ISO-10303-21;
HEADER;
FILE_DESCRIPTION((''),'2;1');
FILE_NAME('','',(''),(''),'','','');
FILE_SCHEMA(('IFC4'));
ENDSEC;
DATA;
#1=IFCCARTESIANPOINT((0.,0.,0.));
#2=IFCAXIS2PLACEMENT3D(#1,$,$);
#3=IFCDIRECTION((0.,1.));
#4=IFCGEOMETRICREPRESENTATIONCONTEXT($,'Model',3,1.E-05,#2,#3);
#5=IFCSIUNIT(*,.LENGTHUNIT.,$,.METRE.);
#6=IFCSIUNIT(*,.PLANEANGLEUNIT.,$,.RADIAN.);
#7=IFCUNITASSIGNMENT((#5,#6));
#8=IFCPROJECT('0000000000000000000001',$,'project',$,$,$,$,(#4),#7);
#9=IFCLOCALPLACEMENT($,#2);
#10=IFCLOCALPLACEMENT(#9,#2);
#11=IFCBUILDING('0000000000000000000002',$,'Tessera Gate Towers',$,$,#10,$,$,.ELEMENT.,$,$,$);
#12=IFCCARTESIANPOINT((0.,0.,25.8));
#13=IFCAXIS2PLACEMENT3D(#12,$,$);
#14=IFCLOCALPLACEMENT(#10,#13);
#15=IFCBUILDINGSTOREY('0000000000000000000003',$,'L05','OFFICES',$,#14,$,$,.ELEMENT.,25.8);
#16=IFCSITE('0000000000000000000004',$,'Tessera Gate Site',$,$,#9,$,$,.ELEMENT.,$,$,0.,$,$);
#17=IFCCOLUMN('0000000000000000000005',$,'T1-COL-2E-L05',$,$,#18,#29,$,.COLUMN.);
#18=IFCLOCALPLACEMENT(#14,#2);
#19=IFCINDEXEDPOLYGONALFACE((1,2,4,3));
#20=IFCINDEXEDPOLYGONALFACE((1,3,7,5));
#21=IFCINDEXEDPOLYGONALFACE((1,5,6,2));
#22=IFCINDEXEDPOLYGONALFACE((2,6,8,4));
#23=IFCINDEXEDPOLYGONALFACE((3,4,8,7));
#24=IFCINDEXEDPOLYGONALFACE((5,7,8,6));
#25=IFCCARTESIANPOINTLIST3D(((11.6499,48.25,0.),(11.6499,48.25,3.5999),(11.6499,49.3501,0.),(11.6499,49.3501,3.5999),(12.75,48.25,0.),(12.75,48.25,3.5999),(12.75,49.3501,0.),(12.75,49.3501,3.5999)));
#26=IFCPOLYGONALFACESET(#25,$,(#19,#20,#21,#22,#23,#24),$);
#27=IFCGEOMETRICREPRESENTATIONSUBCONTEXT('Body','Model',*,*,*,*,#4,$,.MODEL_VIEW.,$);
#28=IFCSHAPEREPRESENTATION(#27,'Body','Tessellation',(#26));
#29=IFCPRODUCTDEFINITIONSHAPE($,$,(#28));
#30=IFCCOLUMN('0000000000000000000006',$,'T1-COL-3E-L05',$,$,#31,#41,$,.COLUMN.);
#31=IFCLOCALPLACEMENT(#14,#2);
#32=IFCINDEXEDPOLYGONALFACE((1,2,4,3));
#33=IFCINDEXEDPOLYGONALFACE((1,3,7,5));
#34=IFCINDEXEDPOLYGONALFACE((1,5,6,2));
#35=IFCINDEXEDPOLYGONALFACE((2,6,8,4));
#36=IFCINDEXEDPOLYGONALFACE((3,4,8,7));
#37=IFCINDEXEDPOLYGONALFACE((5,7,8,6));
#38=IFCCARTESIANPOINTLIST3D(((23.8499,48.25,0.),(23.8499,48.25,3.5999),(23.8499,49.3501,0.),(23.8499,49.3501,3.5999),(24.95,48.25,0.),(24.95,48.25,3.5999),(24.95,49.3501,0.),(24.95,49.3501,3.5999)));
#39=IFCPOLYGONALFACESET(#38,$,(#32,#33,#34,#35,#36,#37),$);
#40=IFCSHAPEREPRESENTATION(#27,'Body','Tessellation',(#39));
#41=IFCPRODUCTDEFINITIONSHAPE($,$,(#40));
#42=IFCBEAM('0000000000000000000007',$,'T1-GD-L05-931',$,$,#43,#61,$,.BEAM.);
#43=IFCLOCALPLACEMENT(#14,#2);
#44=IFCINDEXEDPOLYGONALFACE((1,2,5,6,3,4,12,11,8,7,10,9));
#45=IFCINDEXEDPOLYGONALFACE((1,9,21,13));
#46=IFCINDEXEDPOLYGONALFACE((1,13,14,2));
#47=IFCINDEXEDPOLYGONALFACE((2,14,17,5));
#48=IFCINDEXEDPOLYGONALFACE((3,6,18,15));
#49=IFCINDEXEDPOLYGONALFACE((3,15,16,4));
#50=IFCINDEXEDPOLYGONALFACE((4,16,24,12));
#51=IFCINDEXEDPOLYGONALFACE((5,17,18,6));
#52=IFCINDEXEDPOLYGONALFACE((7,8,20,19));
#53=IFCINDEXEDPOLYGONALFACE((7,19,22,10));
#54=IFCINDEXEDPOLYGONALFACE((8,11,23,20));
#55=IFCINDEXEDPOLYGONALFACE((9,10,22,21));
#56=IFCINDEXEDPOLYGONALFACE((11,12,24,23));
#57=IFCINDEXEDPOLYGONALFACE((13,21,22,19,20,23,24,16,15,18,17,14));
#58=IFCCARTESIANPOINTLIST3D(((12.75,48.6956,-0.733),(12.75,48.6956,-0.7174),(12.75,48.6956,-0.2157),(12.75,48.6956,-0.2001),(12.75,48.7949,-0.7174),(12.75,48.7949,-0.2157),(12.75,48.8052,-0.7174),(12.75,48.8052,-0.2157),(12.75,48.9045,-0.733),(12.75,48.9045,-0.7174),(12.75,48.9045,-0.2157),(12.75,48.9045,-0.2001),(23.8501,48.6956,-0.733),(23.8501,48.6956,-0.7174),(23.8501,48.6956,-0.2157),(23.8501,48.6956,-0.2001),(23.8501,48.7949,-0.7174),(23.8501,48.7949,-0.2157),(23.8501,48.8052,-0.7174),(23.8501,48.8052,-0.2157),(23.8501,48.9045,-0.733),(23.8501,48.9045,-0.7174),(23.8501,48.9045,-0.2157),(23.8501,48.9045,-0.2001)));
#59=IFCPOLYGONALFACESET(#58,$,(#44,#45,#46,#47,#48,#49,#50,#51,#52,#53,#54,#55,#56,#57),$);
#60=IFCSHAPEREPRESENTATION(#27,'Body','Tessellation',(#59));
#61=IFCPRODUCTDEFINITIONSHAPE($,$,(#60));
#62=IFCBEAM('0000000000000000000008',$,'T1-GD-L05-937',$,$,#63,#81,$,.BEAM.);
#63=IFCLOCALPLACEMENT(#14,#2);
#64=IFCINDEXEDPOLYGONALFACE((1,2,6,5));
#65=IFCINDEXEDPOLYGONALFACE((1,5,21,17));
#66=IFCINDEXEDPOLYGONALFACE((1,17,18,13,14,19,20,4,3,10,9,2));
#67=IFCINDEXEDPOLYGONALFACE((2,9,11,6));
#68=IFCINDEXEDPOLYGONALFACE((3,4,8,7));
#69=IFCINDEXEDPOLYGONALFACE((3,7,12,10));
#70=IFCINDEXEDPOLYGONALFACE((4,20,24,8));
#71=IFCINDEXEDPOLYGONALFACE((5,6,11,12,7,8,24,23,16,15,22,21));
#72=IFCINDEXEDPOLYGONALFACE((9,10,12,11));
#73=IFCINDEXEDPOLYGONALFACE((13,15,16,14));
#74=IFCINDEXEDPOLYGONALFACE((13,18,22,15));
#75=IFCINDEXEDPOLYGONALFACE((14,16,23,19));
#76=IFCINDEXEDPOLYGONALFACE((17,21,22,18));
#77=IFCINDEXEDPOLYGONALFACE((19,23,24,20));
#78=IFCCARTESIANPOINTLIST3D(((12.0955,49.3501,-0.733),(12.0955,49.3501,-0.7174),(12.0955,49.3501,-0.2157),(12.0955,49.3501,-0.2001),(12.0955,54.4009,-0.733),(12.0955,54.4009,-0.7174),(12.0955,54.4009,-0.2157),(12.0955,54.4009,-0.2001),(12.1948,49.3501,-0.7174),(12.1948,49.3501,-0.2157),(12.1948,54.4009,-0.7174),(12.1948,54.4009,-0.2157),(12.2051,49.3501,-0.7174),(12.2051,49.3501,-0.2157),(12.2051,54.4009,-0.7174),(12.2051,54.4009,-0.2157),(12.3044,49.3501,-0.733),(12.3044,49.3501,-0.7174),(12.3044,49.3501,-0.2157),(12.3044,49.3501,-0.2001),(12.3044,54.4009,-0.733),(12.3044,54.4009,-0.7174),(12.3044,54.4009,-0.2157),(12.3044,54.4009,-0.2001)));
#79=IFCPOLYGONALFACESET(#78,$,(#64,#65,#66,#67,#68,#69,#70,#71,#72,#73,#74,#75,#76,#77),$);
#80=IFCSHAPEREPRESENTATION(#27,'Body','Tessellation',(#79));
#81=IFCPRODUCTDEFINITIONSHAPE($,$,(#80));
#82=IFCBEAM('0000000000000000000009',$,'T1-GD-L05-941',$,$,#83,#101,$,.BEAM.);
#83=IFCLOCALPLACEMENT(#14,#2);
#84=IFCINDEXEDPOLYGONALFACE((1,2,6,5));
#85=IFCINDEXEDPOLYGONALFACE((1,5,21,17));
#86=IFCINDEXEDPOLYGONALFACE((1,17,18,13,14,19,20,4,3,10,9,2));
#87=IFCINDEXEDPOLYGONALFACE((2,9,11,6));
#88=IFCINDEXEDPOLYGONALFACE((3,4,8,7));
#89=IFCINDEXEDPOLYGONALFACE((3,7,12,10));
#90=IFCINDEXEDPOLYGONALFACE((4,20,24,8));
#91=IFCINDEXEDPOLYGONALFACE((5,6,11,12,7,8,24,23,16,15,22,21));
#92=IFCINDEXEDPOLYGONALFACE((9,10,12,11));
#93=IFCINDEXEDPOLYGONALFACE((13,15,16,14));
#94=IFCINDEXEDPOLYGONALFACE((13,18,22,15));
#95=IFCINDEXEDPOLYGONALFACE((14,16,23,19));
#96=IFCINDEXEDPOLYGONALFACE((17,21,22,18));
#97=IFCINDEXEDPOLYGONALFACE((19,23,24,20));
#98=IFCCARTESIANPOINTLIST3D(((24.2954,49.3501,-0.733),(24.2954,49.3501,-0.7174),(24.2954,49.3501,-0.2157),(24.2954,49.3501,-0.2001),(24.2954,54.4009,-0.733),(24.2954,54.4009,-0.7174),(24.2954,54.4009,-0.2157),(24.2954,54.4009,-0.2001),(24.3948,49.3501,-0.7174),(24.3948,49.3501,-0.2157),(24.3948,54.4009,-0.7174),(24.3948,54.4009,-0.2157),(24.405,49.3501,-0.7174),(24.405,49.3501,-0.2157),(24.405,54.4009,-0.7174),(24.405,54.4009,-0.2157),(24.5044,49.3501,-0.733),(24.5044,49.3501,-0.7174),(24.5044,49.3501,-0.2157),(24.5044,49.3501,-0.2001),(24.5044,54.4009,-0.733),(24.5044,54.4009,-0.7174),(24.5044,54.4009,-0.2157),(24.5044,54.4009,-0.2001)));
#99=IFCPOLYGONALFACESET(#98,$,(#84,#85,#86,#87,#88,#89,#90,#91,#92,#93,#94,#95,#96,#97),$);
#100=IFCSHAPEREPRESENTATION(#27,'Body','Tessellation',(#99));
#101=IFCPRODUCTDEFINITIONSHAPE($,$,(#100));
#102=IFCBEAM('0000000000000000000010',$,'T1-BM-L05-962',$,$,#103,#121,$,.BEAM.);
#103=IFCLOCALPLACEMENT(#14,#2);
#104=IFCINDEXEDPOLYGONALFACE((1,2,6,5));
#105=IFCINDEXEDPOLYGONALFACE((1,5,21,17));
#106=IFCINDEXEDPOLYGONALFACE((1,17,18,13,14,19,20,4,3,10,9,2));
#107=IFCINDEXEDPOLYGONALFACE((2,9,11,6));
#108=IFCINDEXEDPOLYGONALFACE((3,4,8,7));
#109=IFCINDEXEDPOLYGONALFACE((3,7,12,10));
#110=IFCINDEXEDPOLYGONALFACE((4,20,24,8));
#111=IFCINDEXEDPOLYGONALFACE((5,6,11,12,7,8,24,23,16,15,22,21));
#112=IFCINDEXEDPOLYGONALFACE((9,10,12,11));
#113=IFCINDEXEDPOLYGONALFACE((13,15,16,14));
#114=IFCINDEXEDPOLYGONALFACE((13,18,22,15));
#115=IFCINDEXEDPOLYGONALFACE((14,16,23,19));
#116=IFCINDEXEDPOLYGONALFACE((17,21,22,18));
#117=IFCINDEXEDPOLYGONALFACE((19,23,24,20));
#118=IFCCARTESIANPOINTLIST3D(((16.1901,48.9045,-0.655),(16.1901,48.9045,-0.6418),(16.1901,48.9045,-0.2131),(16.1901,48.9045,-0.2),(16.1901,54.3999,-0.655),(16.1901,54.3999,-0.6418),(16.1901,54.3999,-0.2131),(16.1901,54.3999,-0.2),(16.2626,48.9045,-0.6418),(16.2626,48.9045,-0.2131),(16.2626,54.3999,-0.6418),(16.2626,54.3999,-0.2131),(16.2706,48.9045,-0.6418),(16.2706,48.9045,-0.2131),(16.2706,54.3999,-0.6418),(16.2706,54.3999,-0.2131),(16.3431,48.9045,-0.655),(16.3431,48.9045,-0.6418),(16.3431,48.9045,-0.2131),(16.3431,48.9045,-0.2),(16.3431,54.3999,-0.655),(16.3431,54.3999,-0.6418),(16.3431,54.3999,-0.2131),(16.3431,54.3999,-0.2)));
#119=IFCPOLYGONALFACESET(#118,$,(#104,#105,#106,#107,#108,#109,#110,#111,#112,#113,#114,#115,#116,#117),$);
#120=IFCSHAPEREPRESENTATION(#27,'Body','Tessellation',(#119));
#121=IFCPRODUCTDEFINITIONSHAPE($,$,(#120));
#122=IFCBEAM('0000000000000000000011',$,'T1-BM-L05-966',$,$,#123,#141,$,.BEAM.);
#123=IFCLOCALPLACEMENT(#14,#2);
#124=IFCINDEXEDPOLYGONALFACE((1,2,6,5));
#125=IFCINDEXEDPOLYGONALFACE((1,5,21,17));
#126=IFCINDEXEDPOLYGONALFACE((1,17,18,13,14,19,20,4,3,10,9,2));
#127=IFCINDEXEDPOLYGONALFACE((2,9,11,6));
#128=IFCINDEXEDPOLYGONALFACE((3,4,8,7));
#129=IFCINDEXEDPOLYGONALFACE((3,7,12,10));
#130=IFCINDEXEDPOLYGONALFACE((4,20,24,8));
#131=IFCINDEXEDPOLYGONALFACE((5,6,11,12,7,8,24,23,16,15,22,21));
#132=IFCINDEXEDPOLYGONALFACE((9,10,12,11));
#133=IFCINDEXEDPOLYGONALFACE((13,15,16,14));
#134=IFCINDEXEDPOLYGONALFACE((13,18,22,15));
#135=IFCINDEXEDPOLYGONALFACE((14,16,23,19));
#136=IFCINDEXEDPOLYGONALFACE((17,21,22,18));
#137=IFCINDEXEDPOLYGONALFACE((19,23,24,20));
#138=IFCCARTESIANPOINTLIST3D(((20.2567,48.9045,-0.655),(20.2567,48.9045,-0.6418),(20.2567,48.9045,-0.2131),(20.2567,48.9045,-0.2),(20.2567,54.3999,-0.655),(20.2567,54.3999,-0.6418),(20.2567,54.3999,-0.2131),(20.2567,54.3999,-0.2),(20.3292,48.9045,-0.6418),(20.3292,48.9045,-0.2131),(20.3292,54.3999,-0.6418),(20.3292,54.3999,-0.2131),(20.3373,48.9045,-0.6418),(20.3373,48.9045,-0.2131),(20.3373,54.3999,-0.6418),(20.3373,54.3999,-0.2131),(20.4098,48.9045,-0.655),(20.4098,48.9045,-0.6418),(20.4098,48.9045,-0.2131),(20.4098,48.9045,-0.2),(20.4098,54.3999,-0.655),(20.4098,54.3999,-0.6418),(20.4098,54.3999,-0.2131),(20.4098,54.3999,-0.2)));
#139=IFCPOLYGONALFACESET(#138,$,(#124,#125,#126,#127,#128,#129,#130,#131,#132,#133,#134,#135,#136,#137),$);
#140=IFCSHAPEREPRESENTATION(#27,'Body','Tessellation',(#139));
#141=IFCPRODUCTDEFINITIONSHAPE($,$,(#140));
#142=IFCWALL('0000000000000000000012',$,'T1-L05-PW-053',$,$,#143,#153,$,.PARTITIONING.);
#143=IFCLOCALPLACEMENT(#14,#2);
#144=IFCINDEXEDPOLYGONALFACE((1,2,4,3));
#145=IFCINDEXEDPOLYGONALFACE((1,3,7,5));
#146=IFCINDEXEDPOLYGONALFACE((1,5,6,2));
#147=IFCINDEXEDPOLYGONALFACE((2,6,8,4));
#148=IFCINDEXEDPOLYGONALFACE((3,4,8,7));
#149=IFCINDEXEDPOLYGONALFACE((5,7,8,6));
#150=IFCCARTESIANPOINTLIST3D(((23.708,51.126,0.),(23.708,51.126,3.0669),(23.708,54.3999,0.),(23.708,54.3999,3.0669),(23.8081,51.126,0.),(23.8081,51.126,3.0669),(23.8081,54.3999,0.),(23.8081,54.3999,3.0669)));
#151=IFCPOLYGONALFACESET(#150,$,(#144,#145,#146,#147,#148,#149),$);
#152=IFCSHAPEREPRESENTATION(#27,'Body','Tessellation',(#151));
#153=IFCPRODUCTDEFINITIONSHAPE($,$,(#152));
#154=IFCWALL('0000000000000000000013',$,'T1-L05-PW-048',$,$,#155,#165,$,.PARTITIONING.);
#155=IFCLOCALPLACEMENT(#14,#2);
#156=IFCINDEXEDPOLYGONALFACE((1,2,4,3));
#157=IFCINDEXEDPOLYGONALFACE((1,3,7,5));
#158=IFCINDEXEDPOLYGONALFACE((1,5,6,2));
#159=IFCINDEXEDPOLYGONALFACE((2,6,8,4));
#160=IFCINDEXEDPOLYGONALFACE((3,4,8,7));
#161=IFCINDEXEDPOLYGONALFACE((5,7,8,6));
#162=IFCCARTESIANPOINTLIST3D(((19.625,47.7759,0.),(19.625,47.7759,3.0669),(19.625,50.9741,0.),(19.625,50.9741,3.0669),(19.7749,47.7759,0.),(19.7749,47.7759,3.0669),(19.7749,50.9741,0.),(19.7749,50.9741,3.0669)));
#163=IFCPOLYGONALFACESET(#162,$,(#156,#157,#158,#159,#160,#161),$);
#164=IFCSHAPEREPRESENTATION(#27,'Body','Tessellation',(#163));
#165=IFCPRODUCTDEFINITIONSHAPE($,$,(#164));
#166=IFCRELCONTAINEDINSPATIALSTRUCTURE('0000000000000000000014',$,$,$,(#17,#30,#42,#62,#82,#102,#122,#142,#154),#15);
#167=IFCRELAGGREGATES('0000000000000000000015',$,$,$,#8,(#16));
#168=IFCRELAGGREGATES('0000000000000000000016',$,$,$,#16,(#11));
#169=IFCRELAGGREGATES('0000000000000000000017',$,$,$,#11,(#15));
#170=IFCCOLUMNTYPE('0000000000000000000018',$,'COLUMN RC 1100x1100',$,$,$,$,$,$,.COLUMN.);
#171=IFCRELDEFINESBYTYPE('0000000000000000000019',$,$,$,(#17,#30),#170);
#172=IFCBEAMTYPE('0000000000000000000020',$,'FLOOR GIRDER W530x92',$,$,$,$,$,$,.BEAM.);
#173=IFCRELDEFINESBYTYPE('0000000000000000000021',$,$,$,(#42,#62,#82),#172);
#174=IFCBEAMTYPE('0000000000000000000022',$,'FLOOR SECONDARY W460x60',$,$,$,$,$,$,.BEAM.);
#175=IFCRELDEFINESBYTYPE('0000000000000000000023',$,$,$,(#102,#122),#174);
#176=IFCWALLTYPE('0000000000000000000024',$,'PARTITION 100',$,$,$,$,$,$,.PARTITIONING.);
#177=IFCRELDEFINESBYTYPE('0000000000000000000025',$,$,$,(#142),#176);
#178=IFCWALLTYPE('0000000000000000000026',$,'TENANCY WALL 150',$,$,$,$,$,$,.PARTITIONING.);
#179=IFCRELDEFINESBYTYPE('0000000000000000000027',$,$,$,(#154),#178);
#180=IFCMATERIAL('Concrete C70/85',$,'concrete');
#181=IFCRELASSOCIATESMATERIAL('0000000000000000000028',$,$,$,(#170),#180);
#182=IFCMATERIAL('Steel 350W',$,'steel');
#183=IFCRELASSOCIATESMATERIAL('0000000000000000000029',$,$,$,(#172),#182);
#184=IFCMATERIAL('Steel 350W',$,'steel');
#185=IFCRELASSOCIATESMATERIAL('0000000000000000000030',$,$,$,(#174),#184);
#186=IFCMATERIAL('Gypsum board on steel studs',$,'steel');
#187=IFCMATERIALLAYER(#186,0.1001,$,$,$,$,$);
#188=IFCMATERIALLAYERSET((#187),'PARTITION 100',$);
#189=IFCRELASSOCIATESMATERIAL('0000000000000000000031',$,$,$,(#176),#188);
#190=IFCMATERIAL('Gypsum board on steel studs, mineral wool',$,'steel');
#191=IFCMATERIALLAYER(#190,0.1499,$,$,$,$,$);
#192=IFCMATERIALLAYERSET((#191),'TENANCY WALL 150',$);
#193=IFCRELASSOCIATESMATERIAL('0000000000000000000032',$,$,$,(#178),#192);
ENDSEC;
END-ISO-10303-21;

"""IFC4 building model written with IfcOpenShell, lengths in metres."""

from ifc_helpers import new_model, si_unit, direction, frame, frame_2d, origin, origin_2d, place, context, subcontext, project, spatial, rectangle, i_section, extrude, material, layer, layer_set, material_profile, profile_set, type_object, element, save


model = new_model("IFC4")

# Units and contexts
model_context = context("Model", 3, precision=1e-05, world=origin(), true_north=direction((0.0, 1.0)))
body_context = subcontext(model_context, "Body", "Model", "MODEL_VIEW")
ifc_project = project(units=[si_unit("LENGTHUNIT", "METRE"), si_unit("PLANEANGLEUNIT", "RADIAN")], contexts=[model_context])

# Site, building, storey
site_placement = place(None, origin())
site = spatial("IfcSite", under=ifc_project, at=site_placement, Name="Tessera Gate Site", CompositionType="ELEMENT", RefElevation=0.0)
building_placement = place(site_placement, origin())
building = spatial("IfcBuilding", under=site, at=building_placement, Name="Tessera Gate Towers", CompositionType="ELEMENT")
storey_placement = place(building_placement, frame((0.0, 0.0, 25.8)))
storey = spatial("IfcBuildingStorey", under=building, at=storey_placement, Name="L05", Description="OFFICES", CompositionType="ELEMENT", Elevation=25.8)

# Columns
ifc_material_1 = material(Name="Concrete C70/85", Category="concrete")
ifc_material_profile_1 = material_profile(ifc_material_1, rectangle(XDim=1.1001, YDim=1.1001, at=origin_2d()), Name="RC 1100x1100")
ifc_profile_set_1 = profile_set([ifc_material_profile_1], Name="Concrete C70/85")
column_type = type_object("IfcColumnType", Name="COLUMN RC 1100x1100", PredefinedType="COLUMN", material=ifc_profile_set_1)
for number, where, z_axis, x_axis, name in (
    (1, (12.2, 48.8, 0.0), (0.0, 0.0, 1.0), (1.0, 0.0, 0.0), "T1-COL-2E-L05"),
    (2, (24.3999, 48.8, 0.0), (0.0, 0.0, 1.0), (1.0, 0.0, 0.0), "T1-COL-3E-L05"),
):
    element("IfcColumn", number, at=place(storey_placement, frame(where, z_axis=z_axis, x_axis=x_axis)), inside=storey, type_object=column_type, Name=name, PredefinedType="COLUMN", context=body_context, shape_type="SweptSolid", body=[
        extrude(rectangle(XDim=1.1001, YDim=1.1001, at=origin_2d()), origin(), (0.0, 0.0, 1.0), 3.5999),
    ])

# Beams
ifc_material_2 = material(Name="Steel 350W", Category="steel")
ifc_material_profile_2 = material_profile(ifc_material_2, i_section(OverallWidth=0.209, OverallDepth=0.533, WebThickness=0.0103, FlangeThickness=0.0156, at=origin_2d()), Name="W530x92")
ifc_profile_set_2 = profile_set([ifc_material_profile_2], Name="Steel 350W")
beam_type_1 = type_object("IfcBeamType", Name="FLOOR GIRDER W530x92", PredefinedType="BEAM", material=ifc_profile_set_2)
beam_placement = place(storey_placement, frame((12.75, 48.8, -0.4666), z_axis=(1.0, 0.0, 0.0), x_axis=(0.0, 1.0, 0.0)))
element("IfcBeam", 3, at=beam_placement, inside=storey, type_object=beam_type_1, Name="T1-GD-L05-931", PredefinedType="BEAM", context=body_context, shape_type="SweptSolid", body=[
    extrude(i_section(OverallWidth=0.209, OverallDepth=0.533, WebThickness=0.0103, FlangeThickness=0.0156, at=origin_2d()), origin(), (0.0, 0.0, 1.0), 11.1001),
])
for number, where, z_axis, x_axis, name in (
    (4, (12.2, 49.3501, -0.4666), (0.0, 1.0, 0.0), (-1.0, 0.0, 0.0), "T1-GD-L05-937"),
    (5, (24.3999, 49.3501, -0.4666), (0.0, 1.0, 0.0), (-1.0, 0.0, 0.0), "T1-GD-L05-941"),
):
    element("IfcBeam", number, at=place(storey_placement, frame(where, z_axis=z_axis, x_axis=x_axis)), inside=storey, type_object=beam_type_1, Name=name, PredefinedType="BEAM", context=body_context, shape_type="SweptSolid", body=[
        extrude(i_section(OverallWidth=0.209, OverallDepth=0.533, WebThickness=0.0103, FlangeThickness=0.0156, at=origin_2d()), origin(), (0.0, 0.0, 1.0), 5.0508),
    ])
ifc_material_3 = material(Name="Steel 350W", Category="steel")
ifc_material_profile_3 = material_profile(ifc_material_3, i_section(OverallWidth=0.1531, OverallDepth=0.4551, WebThickness=0.0081, FlangeThickness=0.0132, at=origin_2d()), Name="W460x60")
ifc_profile_set_3 = profile_set([ifc_material_profile_3], Name="Steel 350W")
beam_type_2 = type_object("IfcBeamType", Name="FLOOR SECONDARY W460x60", PredefinedType="BEAM", material=ifc_profile_set_3)
for number, where, z_axis, x_axis, name in (
    (6, (16.2666, 48.9045, -0.4275), (0.0, 1.0, 0.0), (-1.0, 0.0, 0.0), "T1-BM-L05-962"),
    (7, (20.3333, 48.9045, -0.4275), (0.0, 1.0, 0.0), (-1.0, 0.0, 0.0), "T1-BM-L05-966"),
):
    element("IfcBeam", number, at=place(storey_placement, frame(where, z_axis=z_axis, x_axis=x_axis)), inside=storey, type_object=beam_type_2, Name=name, PredefinedType="BEAM", context=body_context, shape_type="SweptSolid", body=[
        extrude(i_section(OverallWidth=0.1531, OverallDepth=0.4551, WebThickness=0.0081, FlangeThickness=0.0132, at=origin_2d()), origin(), (0.0, 0.0, 1.0), 5.4954),
    ])

# Walls
ifc_material_4 = material(Name="Gypsum board on steel studs", Category="steel")
ifc_layer_1 = layer(ifc_material_4, 0.1001)
ifc_layer_set_1 = layer_set([ifc_layer_1], Name="PARTITION 100")
wall_type_1 = type_object("IfcWallType", Name="PARTITION 100", PredefinedType="PARTITIONING", material=ifc_layer_set_1)
wall_1_placement = place(storey_placement, frame((23.7581, 51.126, 0.0), z_axis=(0.0, 0.0, 1.0), x_axis=(0.0, 1.0, 0.0)))
element("IfcWall", 8, at=wall_1_placement, inside=storey, type_object=wall_type_1, Name="T1-L05-PW-053", PredefinedType="PARTITIONING", context=body_context, shape_type="SweptSolid", body=[
    extrude(rectangle(XDim=3.2739, YDim=0.1001, at=frame_2d((1.637, 0.0))), origin(), (0.0, 0.0, 1.0), 3.0669),
])
ifc_material_5 = material(Name="Gypsum board on steel studs, mineral wool", Category="steel")
ifc_layer_2 = layer(ifc_material_5, 0.1499)
ifc_layer_set_2 = layer_set([ifc_layer_2], Name="TENANCY WALL 150")
wall_type_2 = type_object("IfcWallType", Name="TENANCY WALL 150", PredefinedType="PARTITIONING", material=ifc_layer_set_2)
wall_2_placement = place(storey_placement, frame((19.7, 47.7759, 0.0), z_axis=(0.0, 0.0, 1.0), x_axis=(0.0, 1.0, 0.0)))
element("IfcWall", 9, at=wall_2_placement, inside=storey, type_object=wall_type_2, Name="T1-L05-PW-048", PredefinedType="PARTITIONING", context=body_context, shape_type="SweptSolid", body=[
    extrude(rectangle(XDim=3.1982, YDim=0.1499, at=frame_2d((1.5991, 0.0))), origin(), (0.0, 0.0, 1.0), 3.0669),
])

save(model, "model.ifc")
